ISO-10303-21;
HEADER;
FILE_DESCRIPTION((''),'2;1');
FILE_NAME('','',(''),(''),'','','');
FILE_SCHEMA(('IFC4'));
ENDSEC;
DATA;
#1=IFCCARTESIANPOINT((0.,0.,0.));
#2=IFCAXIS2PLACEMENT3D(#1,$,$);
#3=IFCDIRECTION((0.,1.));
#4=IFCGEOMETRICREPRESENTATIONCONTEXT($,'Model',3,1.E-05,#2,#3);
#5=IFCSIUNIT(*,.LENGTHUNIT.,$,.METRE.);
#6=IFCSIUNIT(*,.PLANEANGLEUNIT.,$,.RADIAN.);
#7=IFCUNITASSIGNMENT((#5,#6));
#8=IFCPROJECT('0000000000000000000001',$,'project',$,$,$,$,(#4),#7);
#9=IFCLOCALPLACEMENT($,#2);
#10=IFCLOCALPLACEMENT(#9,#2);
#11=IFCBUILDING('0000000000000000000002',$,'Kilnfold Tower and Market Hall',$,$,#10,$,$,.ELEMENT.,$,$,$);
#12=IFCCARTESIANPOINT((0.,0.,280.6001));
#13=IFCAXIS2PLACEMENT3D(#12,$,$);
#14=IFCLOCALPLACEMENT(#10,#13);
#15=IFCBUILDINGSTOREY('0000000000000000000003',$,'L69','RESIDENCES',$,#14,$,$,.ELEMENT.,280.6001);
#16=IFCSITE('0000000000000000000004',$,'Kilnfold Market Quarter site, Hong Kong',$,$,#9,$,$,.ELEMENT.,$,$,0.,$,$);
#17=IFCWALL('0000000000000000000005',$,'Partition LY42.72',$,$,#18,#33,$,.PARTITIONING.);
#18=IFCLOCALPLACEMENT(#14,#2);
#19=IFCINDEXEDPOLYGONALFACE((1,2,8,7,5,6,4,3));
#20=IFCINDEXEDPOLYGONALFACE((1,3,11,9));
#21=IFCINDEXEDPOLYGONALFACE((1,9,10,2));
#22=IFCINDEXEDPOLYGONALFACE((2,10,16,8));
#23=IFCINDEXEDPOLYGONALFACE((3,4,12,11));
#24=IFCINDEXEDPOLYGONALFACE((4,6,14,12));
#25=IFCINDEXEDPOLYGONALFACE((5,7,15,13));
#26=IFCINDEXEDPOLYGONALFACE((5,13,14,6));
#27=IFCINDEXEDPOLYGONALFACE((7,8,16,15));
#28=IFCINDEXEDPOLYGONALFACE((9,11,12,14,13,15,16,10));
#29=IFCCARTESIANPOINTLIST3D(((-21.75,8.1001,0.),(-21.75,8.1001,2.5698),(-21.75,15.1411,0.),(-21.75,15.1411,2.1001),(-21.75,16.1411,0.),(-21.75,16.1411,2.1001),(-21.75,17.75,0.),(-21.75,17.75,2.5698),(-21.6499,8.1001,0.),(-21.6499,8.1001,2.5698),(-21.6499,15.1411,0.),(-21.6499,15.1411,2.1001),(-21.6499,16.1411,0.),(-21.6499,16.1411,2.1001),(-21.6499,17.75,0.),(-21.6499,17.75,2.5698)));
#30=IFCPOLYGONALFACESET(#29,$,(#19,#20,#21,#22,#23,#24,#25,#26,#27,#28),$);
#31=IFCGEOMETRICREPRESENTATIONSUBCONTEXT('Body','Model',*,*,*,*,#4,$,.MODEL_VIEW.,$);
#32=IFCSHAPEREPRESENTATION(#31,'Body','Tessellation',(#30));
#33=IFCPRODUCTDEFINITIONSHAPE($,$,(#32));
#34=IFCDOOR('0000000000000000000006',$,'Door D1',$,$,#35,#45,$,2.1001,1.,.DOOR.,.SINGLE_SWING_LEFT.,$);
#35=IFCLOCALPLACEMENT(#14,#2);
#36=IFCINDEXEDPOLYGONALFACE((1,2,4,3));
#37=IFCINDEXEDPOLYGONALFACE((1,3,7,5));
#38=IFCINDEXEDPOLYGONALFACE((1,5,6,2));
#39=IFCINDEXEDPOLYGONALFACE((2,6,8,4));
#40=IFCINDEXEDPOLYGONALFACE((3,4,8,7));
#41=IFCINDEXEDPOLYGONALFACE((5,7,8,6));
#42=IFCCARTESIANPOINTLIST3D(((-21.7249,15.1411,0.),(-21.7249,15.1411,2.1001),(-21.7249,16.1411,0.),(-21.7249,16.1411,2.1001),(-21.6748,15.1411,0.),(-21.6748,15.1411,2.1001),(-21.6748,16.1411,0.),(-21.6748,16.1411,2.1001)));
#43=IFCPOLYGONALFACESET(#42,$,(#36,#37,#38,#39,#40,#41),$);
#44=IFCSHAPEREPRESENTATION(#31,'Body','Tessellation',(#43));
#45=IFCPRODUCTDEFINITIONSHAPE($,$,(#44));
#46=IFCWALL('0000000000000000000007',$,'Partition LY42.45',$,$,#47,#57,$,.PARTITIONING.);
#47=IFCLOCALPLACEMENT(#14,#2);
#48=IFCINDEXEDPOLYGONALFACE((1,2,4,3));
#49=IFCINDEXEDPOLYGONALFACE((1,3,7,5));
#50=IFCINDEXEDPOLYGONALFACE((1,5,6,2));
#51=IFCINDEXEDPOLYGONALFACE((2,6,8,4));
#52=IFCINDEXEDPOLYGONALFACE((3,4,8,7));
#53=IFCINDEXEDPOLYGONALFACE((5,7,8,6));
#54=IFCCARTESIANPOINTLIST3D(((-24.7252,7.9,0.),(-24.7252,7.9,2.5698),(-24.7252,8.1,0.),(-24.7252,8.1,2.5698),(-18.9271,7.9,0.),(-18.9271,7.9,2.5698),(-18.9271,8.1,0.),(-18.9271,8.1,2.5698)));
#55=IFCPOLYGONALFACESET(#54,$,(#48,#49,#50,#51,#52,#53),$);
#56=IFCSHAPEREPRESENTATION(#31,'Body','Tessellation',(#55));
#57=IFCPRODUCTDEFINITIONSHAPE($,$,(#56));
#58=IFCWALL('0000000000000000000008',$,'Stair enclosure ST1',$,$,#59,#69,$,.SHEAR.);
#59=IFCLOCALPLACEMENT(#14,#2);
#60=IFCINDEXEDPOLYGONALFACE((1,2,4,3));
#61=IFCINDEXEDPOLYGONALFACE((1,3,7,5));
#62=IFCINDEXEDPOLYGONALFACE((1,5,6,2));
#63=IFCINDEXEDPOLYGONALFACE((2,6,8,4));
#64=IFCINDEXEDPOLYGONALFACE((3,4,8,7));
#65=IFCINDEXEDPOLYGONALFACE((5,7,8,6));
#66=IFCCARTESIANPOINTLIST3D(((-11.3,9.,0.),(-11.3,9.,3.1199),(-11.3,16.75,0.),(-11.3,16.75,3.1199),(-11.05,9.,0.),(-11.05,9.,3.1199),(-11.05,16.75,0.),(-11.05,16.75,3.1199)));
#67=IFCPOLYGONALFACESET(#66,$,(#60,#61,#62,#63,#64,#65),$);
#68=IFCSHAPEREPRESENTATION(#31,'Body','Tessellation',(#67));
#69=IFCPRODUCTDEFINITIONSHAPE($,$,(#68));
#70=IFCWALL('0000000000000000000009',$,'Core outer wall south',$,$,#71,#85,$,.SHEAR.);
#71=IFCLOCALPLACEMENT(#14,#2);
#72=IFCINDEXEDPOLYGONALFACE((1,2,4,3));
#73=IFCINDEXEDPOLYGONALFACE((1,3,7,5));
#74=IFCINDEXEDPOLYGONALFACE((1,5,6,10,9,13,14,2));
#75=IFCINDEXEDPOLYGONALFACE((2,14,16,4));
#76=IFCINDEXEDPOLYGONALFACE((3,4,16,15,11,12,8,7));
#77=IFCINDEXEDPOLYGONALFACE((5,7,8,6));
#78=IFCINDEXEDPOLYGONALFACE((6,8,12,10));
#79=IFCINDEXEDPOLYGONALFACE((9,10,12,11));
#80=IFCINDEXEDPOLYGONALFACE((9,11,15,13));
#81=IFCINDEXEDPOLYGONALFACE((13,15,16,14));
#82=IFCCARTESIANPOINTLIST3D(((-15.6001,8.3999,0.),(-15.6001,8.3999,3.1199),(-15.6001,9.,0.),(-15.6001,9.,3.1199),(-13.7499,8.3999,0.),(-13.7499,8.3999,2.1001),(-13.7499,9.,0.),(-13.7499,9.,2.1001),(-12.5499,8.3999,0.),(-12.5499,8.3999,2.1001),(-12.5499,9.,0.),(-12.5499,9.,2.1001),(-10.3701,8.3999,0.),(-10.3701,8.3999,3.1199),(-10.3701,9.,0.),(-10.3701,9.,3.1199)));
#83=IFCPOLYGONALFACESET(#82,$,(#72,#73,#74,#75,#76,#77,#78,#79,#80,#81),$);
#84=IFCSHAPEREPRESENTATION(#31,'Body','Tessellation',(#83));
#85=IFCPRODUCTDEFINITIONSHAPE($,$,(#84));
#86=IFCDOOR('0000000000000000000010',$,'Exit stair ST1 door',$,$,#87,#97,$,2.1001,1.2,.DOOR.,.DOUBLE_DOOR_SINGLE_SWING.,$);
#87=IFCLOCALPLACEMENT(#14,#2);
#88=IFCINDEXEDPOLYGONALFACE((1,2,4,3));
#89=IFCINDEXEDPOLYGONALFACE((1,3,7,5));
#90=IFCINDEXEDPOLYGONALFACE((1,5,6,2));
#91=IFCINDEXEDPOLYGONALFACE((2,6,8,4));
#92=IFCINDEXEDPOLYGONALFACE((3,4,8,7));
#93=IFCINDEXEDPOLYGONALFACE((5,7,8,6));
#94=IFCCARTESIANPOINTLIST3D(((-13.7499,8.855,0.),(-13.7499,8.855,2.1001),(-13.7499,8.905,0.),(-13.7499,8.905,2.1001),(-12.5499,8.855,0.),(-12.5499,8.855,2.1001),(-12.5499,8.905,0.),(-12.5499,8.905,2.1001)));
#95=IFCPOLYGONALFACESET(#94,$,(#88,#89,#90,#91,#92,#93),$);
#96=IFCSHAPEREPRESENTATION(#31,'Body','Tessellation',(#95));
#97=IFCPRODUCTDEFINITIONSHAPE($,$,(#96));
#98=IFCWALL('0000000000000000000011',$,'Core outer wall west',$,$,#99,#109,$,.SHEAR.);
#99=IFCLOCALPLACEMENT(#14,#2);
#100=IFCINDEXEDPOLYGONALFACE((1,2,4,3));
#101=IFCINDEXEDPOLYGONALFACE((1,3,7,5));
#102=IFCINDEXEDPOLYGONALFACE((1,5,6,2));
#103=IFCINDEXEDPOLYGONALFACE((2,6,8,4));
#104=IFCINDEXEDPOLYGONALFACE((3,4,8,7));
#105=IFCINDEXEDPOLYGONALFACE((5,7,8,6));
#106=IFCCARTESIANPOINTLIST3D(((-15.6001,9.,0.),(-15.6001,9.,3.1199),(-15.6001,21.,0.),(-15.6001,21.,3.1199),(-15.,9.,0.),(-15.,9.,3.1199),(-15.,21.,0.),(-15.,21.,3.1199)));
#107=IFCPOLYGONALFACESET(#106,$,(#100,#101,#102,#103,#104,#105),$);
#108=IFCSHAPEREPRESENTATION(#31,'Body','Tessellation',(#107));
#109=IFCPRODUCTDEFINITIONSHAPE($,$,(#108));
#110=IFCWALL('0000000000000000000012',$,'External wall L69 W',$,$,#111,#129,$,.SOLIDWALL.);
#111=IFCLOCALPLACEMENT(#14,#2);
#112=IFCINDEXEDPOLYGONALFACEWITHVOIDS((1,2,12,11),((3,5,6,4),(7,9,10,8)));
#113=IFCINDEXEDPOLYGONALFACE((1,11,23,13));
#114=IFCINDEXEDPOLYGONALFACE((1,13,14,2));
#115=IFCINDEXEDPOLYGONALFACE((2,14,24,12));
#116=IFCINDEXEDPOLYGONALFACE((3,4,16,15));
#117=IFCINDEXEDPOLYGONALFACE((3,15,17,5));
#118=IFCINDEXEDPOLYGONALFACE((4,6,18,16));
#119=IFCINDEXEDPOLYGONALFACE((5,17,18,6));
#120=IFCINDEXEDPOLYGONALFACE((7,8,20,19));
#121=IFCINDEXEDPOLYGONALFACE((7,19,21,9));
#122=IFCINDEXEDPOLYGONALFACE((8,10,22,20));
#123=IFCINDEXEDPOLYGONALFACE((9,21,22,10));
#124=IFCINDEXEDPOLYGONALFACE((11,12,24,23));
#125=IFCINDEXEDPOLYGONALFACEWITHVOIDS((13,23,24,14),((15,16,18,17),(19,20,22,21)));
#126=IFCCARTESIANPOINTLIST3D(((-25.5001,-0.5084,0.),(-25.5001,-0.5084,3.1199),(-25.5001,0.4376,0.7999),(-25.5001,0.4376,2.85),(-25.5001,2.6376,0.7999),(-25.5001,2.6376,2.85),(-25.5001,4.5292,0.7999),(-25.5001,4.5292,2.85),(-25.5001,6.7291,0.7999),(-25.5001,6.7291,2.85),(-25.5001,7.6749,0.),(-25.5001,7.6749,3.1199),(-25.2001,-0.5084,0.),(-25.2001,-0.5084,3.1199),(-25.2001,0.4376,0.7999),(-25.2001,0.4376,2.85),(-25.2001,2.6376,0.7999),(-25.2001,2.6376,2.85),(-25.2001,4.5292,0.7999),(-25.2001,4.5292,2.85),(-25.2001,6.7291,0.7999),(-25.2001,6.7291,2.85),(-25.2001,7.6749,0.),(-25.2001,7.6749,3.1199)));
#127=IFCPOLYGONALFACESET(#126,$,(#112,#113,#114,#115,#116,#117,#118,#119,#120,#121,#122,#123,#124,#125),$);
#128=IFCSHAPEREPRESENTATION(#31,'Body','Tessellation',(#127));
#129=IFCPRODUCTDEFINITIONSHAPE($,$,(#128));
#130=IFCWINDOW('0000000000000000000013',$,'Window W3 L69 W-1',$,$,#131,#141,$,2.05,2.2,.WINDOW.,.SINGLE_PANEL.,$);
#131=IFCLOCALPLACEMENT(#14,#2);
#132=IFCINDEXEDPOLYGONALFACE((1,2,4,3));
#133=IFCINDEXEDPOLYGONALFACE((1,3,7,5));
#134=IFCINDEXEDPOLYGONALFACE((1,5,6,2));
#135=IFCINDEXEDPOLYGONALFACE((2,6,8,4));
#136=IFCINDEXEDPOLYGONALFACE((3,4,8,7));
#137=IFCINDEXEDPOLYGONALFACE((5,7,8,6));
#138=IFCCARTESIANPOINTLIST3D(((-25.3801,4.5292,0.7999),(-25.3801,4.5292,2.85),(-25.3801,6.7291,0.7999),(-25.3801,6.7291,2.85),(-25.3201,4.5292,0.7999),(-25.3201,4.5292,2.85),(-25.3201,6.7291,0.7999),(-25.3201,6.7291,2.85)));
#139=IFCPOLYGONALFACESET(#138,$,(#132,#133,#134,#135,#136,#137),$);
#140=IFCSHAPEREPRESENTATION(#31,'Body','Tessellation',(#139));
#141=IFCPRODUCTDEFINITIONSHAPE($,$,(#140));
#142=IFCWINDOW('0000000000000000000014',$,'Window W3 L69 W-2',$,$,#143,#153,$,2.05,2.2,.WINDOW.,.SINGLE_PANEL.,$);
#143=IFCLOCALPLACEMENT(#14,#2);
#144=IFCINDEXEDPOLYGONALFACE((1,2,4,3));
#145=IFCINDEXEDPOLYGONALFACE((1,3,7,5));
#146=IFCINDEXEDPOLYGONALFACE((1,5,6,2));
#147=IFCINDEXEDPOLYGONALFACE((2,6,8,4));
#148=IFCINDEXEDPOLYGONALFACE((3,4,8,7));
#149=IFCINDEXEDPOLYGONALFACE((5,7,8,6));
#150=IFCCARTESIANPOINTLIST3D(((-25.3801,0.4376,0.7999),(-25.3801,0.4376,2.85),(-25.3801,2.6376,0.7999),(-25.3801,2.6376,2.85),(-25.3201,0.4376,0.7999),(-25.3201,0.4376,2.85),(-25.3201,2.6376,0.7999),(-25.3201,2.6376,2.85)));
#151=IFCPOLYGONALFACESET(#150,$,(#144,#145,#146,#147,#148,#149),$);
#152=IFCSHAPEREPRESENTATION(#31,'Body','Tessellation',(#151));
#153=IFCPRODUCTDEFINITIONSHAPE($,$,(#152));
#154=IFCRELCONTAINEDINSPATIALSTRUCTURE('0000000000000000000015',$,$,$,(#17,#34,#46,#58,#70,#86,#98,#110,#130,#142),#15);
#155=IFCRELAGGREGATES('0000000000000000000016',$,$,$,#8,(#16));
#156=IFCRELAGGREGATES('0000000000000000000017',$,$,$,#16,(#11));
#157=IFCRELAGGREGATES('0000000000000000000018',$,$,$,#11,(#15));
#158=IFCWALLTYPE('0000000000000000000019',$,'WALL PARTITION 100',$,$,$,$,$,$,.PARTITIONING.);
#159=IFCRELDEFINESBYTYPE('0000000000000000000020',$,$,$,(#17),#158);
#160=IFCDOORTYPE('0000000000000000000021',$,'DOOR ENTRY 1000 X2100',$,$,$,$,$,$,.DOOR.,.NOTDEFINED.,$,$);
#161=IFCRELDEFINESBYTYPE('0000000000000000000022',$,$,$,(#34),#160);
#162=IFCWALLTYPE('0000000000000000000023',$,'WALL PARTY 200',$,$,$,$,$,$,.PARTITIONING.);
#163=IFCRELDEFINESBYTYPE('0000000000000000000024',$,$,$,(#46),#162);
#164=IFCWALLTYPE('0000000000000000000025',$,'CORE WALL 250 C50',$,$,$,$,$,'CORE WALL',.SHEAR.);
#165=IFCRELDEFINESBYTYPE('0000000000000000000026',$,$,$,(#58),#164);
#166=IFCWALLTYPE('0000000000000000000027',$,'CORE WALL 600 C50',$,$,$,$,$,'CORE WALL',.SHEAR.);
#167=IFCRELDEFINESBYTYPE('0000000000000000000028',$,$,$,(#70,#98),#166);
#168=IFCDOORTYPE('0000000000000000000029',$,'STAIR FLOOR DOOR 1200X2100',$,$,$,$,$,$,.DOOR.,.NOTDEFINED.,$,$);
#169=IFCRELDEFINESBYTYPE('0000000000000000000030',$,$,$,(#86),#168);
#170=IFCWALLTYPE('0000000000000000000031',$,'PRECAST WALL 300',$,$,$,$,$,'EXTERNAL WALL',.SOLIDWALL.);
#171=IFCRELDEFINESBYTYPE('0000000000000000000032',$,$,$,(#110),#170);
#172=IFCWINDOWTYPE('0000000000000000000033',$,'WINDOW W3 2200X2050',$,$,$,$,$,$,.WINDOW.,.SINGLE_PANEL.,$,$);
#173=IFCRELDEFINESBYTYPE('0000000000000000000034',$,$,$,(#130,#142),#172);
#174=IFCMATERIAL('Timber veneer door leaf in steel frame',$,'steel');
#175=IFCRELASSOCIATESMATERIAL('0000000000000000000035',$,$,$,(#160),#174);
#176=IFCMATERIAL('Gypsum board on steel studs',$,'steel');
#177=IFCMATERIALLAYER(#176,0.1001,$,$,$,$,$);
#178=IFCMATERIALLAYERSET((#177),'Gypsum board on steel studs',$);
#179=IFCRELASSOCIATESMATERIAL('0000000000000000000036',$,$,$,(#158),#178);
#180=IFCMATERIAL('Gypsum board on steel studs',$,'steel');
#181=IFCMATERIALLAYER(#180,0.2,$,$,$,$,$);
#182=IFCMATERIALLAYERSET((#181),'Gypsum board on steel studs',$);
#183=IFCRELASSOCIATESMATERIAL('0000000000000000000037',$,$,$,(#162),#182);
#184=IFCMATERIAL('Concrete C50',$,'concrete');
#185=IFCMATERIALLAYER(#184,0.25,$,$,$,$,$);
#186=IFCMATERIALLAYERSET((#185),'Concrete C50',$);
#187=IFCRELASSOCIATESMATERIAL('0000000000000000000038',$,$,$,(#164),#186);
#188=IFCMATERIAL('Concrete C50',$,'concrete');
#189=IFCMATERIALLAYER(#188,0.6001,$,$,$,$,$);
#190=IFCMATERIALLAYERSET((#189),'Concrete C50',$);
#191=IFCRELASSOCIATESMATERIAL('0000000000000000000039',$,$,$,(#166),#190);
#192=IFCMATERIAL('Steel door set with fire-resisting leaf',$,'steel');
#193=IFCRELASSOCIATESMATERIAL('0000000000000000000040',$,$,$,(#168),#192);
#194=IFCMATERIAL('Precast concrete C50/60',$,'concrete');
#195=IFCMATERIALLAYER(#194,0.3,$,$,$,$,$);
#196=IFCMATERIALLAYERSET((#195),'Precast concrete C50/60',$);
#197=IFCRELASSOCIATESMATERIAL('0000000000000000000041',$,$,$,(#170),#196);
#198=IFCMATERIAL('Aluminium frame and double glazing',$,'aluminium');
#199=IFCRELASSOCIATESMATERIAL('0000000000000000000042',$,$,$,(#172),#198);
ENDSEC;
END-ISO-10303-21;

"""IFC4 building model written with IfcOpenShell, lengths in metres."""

from ifc_helpers import new_model, si_unit, direction, frame, frame_2d, origin, place, context, subcontext, project, spatial, rectangle, extrude, source, transform, mapped, material, layer, layer_set, type_object, element, fill, save


model = new_model("IFC4")

# Units and contexts
model_context = context("Model", 3, precision=1e-05, world=origin(), true_north=direction((0.0, 1.0)))
body_context = subcontext(model_context, "Body", "Model", "MODEL_VIEW")
ifc_project = project(units=[si_unit("LENGTHUNIT", "METRE"), si_unit("PLANEANGLEUNIT", "RADIAN")], contexts=[model_context])

# Site, building, storey
site_placement = place(None, origin())
site = spatial("IfcSite", under=ifc_project, at=site_placement, Name="Kilnfold Market Quarter site, Hong Kong", CompositionType="ELEMENT", RefElevation=0.0)
building_placement = place(site_placement, origin())
building = spatial("IfcBuilding", under=site, at=building_placement, Name="Kilnfold Tower and Market Hall", CompositionType="ELEMENT")
storey_placement = place(building_placement, frame((0.0, 0.0, 280.6001)))
storey = spatial("IfcBuildingStorey", under=building, at=storey_placement, Name="L69", Description="RESIDENCES", CompositionType="ELEMENT", Elevation=280.6001)

# Shared definitions
ifc_material_1 = material(Name="Timber veneer door leaf in steel frame", Category="steel")
door_type_1 = type_object("IfcDoorType", Name="DOOR ENTRY 1000 X2100", OperationType="NOTDEFINED", PredefinedType="DOOR", material=ifc_material_1)

# Wall, opening, door
ifc_material_2 = material(Name="Gypsum board on steel studs", Category="steel")
ifc_layer_1 = layer(ifc_material_2, 0.1001)
ifc_layer_set_1 = layer_set([ifc_layer_1], Name="Gypsum board on steel studs")
wall_type_1 = type_object("IfcWallType", Name="WALL PARTITION 100", PredefinedType="PARTITIONING", material=ifc_layer_set_1)
wall_1_placement = place(storey_placement, frame((-21.7, 8.1001, 0.0), z_axis=(0.0, 0.0, 1.0), x_axis=(0.0, 1.0, 0.0)))
wall_1 = element("IfcWall", 1, at=wall_1_placement, inside=storey, type_object=wall_type_1, Name="Partition LY42.72", PredefinedType="PARTITIONING", context=body_context, shape_type="SweptSolid", body=[
    extrude(rectangle(XDim=9.6499, YDim=0.1001, at=frame_2d((4.825, 0.0))), origin(), (0.0, 0.0, 1.0), 2.5698),
])
opening_1_placement = place(wall_1_placement, frame((7.041, 0.0, 0.0)))
opening_1 = element("IfcOpeningElement", 2, at=opening_1_placement, cuts=wall_1, PredefinedType="OPENING", context=body_context, shape_type="SweptSolid", body=[
    extrude(rectangle(XDim=1.0, YDim=2.1001, at=frame_2d((0.5, 1.05))), frame((0.0, 0.0601, 0.0), z_axis=(0.0, -1.0, 0.0), x_axis=(1.0, 0.0, 0.0)), (0.0, 0.0, 1.0), 0.1201),
])
door_1_placement = place(opening_1_placement, origin())
door_1 = element("IfcDoor", 3, at=door_1_placement, inside=storey, type_object=door_type_1, Name="Door D1", OperationType="SINGLE_SWING_LEFT", OverallHeight=2.1001, OverallWidth=1.0, PredefinedType="DOOR", context=body_context, shape_type="SweptSolid", body=[
    extrude(rectangle(XDim=1.0, YDim=2.1001, at=frame_2d((0.5, 1.05))), frame((0.0, 0.0249, 0.0), z_axis=(0.0, -1.0, 0.0), x_axis=(1.0, 0.0, 0.0)), (0.0, 0.0, 1.0), 0.05),
])
fill(opening_1, door_1)

# Walls
ifc_material_3 = material(Name="Gypsum board on steel studs", Category="steel")
ifc_layer_2 = layer(ifc_material_3, 0.2)
ifc_layer_set_2 = layer_set([ifc_layer_2], Name="Gypsum board on steel studs")
wall_type_2 = type_object("IfcWallType", Name="WALL PARTY 200", PredefinedType="PARTITIONING", material=ifc_layer_set_2)
wall_2_placement = place(storey_placement, frame((-24.7251, 8.0, 0.0), z_axis=(0.0, 0.0, 1.0), x_axis=(1.0, 0.0, 0.0)))
element("IfcWall", 4, at=wall_2_placement, inside=storey, type_object=wall_type_2, Name="Partition LY42.45", PredefinedType="PARTITIONING", context=body_context, shape_type="SweptSolid", body=[
    extrude(rectangle(XDim=5.7981, YDim=0.2, at=frame_2d((2.8989, 0.0))), origin(), (0.0, 0.0, 1.0), 2.5698),
])
ifc_material_4 = material(Name="Concrete C50", Category="concrete")
ifc_layer_3 = layer(ifc_material_4, 0.25)
ifc_layer_set_3 = layer_set([ifc_layer_3], Name="Concrete C50")
wall_type_3 = type_object("IfcWallType", Name="CORE WALL 250 C50", ElementType="CORE WALL", PredefinedType="SHEAR", material=ifc_layer_set_3)
shared_shape_1 = source(origin(), body_context, "Body", "SweptSolid", [
    extrude(rectangle(XDim=7.75, YDim=0.25, at=frame_2d((3.875, 0.0))), origin(), (0.0, 0.0, 1.0), 3.1199),
])
wall_3_placement = place(storey_placement, frame((-11.175, 9.0, 0.0), z_axis=(0.0, 0.0, 1.0), x_axis=(0.0, 1.0, 0.0)))
element("IfcWall", 5, at=wall_3_placement, inside=storey, type_object=wall_type_3, Name="Stair enclosure ST1", PredefinedType="SHEAR", context=body_context, shape_type="MappedRepresentation", body=[
    mapped(shared_shape_1, transform((0.0, 0.0, 0.0))),
])

# Wall, opening, door
ifc_material_5 = material(Name="Concrete C50", Category="concrete")
ifc_layer_4 = layer(ifc_material_5, 0.6001)
ifc_layer_set_4 = layer_set([ifc_layer_4], Name="Concrete C50")
wall_type_4 = type_object("IfcWallType", Name="CORE WALL 600 C50", ElementType="CORE WALL", PredefinedType="SHEAR", material=ifc_layer_set_4)
shared_shape_2 = source(origin(), body_context, "Body", "SweptSolid", [
    extrude(rectangle(XDim=5.23, YDim=0.6001, at=frame_2d((2.615, 0.0))), origin(), (0.0, 0.0, 1.0), 3.1199),
])
wall_4_placement = place(storey_placement, frame((-15.6001, 8.7, 0.0), z_axis=(0.0, 0.0, 1.0), x_axis=(1.0, 0.0, 0.0)))
wall_4 = element("IfcWall", 6, at=wall_4_placement, inside=storey, type_object=wall_type_4, Name="Core outer wall south", PredefinedType="SHEAR", context=body_context, shape_type="MappedRepresentation", body=[
    mapped(shared_shape_2, transform((0.0, 0.0, 0.0))),
])
opening_2_placement = place(wall_4_placement, frame((1.8501, 0.0, 0.0)))
opening_2 = element("IfcOpeningElement", 7, at=opening_2_placement, cuts=wall_4, PredefinedType="OPENING", context=body_context, shape_type="SweptSolid", body=[
    extrude(rectangle(XDim=1.2, YDim=2.1001, at=frame_2d((0.6001, 1.05))), frame((0.0, 0.3101, 0.0), z_axis=(0.0, -1.0, 0.0), x_axis=(1.0, 0.0, 0.0)), (0.0, 0.0, 1.0), 0.6201),
])
ifc_material_6 = material(Name="Steel door set with fire-resisting leaf", Category="steel")
door_type_2 = type_object("IfcDoorType", Name="STAIR FLOOR DOOR 1200X2100", OperationType="NOTDEFINED", PredefinedType="DOOR", material=ifc_material_6)
door_2_placement = place(opening_2_placement, origin())
door_2 = element("IfcDoor", 8, at=door_2_placement, inside=storey, type_object=door_type_2, Name="Exit stair ST1 door", OperationType="DOUBLE_DOOR_SINGLE_SWING", OverallHeight=2.1001, OverallWidth=1.2, PredefinedType="DOOR", context=body_context, shape_type="SweptSolid", body=[
    extrude(rectangle(XDim=1.2, YDim=2.1001, at=frame_2d((0.6001, 1.05))), frame((0.0, 0.2051, 0.0), z_axis=(0.0, -1.0, 0.0), x_axis=(1.0, 0.0, 0.0)), (0.0, 0.0, 1.0), 0.05),
])
fill(opening_2, door_2)

# Wall
shared_shape_3 = source(origin(), body_context, "Body", "SweptSolid", [
    extrude(rectangle(XDim=12.0, YDim=0.6001, at=frame_2d((6.0, 0.0))), origin(), (0.0, 0.0, 1.0), 3.1199),
])
wall_5_placement = place(storey_placement, frame((-15.3, 9.0, 0.0), z_axis=(0.0, 0.0, 1.0), x_axis=(0.0, 1.0, 0.0)))
element("IfcWall", 9, at=wall_5_placement, inside=storey, type_object=wall_type_4, Name="Core outer wall west", PredefinedType="SHEAR", context=body_context, shape_type="MappedRepresentation", body=[
    mapped(shared_shape_3, transform((0.0, 0.0, 0.0))),
])

# Wall, openings, windows
ifc_material_7 = material(Name="Precast concrete C50/60", Category="concrete")
ifc_layer_5 = layer(ifc_material_7, 0.3)
ifc_layer_set_5 = layer_set([ifc_layer_5], Name="Precast concrete C50/60")
wall_type_5 = type_object("IfcWallType", Name="PRECAST WALL 300", ElementType="EXTERNAL WALL", PredefinedType="SOLIDWALL", material=ifc_layer_set_5)
shared_shape_4 = source(origin(), body_context, "Body", "SweptSolid", [
    extrude(rectangle(XDim=8.1833, YDim=0.3, at=frame_2d((4.0918, 0.0))), origin(), (0.0, 0.0, 1.0), 3.1199),
])
wall_6_placement = place(storey_placement, frame((-25.3501, 7.675, 0.0), z_axis=(0.0, 0.0, 1.0), x_axis=(0.0, -1.0, 0.0)))
wall_6 = element("IfcWall", 10, at=wall_6_placement, inside=storey, type_object=wall_type_5, Name="External wall L69 W", PredefinedType="SOLIDWALL", context=body_context, shape_type="MappedRepresentation", body=[
    mapped(shared_shape_4, transform((0.0, 0.0, 0.0))),
])
opening_3_placement = place(wall_6_placement, frame((0.9458, 0.0, 0.8)))
opening_3 = element("IfcOpeningElement", 11, at=opening_3_placement, cuts=wall_6, PredefinedType="OPENING", context=body_context, shape_type="SweptSolid", body=[
    extrude(rectangle(XDim=2.2, YDim=2.05, at=frame_2d((1.1001, 1.0249))), frame((0.0, 0.1602, 0.0), z_axis=(0.0, -1.0, 0.0), x_axis=(1.0, 0.0, 0.0)), (0.0, 0.0, 1.0), 0.3201),
])
opening_4_placement = place(wall_6_placement, frame((5.0374, 0.0, 0.8)))
opening_4 = element("IfcOpeningElement", 12, at=opening_4_placement, cuts=wall_6, PredefinedType="OPENING", context=body_context, shape_type="SweptSolid", body=[
    extrude(rectangle(XDim=2.2, YDim=2.05, at=frame_2d((1.1001, 1.0249))), frame((0.0, 0.1602, 0.0), z_axis=(0.0, -1.0, 0.0), x_axis=(1.0, 0.0, 0.0)), (0.0, 0.0, 1.0), 0.3201),
])
ifc_material_8 = material(Name="Aluminium frame and double glazing", Category="aluminium")
window_type = type_object("IfcWindowType", Name="WINDOW W3 2200X2050", PartitioningType="SINGLE_PANEL", PredefinedType="WINDOW", material=ifc_material_8)
window_1_placement = place(opening_3_placement, origin())
window_1 = element("IfcWindow", 13, at=window_1_placement, inside=storey, type_object=window_type, Name="Window W3 L69 W-1", OverallHeight=2.05, OverallWidth=2.2, PartitioningType="SINGLE_PANEL", PredefinedType="WINDOW", context=body_context, shape_type="SweptSolid", body=[
    extrude(rectangle(XDim=2.2, YDim=2.05, at=frame_2d((1.1001, 1.0249))), frame((0.0, 0.03, 0.0), z_axis=(0.0, -1.0, 0.0), x_axis=(1.0, 0.0, 0.0)), (0.0, 0.0, 1.0), 0.0601),
])
fill(opening_3, window_1)
window_2_placement = place(opening_4_placement, origin())
window_2 = element("IfcWindow", 14, at=window_2_placement, inside=storey, type_object=window_type, Name="Window W3 L69 W-2", OverallHeight=2.05, OverallWidth=2.2, PartitioningType="SINGLE_PANEL", PredefinedType="WINDOW", context=body_context, shape_type="SweptSolid", body=[
    extrude(rectangle(XDim=2.2, YDim=2.05, at=frame_2d((1.1001, 1.0249))), frame((0.0, 0.03, 0.0), z_axis=(0.0, -1.0, 0.0), x_axis=(1.0, 0.0, 0.0)), (0.0, 0.0, 1.0), 0.0601),
])
fill(opening_4, window_2)

save(model, "model.ifc")
